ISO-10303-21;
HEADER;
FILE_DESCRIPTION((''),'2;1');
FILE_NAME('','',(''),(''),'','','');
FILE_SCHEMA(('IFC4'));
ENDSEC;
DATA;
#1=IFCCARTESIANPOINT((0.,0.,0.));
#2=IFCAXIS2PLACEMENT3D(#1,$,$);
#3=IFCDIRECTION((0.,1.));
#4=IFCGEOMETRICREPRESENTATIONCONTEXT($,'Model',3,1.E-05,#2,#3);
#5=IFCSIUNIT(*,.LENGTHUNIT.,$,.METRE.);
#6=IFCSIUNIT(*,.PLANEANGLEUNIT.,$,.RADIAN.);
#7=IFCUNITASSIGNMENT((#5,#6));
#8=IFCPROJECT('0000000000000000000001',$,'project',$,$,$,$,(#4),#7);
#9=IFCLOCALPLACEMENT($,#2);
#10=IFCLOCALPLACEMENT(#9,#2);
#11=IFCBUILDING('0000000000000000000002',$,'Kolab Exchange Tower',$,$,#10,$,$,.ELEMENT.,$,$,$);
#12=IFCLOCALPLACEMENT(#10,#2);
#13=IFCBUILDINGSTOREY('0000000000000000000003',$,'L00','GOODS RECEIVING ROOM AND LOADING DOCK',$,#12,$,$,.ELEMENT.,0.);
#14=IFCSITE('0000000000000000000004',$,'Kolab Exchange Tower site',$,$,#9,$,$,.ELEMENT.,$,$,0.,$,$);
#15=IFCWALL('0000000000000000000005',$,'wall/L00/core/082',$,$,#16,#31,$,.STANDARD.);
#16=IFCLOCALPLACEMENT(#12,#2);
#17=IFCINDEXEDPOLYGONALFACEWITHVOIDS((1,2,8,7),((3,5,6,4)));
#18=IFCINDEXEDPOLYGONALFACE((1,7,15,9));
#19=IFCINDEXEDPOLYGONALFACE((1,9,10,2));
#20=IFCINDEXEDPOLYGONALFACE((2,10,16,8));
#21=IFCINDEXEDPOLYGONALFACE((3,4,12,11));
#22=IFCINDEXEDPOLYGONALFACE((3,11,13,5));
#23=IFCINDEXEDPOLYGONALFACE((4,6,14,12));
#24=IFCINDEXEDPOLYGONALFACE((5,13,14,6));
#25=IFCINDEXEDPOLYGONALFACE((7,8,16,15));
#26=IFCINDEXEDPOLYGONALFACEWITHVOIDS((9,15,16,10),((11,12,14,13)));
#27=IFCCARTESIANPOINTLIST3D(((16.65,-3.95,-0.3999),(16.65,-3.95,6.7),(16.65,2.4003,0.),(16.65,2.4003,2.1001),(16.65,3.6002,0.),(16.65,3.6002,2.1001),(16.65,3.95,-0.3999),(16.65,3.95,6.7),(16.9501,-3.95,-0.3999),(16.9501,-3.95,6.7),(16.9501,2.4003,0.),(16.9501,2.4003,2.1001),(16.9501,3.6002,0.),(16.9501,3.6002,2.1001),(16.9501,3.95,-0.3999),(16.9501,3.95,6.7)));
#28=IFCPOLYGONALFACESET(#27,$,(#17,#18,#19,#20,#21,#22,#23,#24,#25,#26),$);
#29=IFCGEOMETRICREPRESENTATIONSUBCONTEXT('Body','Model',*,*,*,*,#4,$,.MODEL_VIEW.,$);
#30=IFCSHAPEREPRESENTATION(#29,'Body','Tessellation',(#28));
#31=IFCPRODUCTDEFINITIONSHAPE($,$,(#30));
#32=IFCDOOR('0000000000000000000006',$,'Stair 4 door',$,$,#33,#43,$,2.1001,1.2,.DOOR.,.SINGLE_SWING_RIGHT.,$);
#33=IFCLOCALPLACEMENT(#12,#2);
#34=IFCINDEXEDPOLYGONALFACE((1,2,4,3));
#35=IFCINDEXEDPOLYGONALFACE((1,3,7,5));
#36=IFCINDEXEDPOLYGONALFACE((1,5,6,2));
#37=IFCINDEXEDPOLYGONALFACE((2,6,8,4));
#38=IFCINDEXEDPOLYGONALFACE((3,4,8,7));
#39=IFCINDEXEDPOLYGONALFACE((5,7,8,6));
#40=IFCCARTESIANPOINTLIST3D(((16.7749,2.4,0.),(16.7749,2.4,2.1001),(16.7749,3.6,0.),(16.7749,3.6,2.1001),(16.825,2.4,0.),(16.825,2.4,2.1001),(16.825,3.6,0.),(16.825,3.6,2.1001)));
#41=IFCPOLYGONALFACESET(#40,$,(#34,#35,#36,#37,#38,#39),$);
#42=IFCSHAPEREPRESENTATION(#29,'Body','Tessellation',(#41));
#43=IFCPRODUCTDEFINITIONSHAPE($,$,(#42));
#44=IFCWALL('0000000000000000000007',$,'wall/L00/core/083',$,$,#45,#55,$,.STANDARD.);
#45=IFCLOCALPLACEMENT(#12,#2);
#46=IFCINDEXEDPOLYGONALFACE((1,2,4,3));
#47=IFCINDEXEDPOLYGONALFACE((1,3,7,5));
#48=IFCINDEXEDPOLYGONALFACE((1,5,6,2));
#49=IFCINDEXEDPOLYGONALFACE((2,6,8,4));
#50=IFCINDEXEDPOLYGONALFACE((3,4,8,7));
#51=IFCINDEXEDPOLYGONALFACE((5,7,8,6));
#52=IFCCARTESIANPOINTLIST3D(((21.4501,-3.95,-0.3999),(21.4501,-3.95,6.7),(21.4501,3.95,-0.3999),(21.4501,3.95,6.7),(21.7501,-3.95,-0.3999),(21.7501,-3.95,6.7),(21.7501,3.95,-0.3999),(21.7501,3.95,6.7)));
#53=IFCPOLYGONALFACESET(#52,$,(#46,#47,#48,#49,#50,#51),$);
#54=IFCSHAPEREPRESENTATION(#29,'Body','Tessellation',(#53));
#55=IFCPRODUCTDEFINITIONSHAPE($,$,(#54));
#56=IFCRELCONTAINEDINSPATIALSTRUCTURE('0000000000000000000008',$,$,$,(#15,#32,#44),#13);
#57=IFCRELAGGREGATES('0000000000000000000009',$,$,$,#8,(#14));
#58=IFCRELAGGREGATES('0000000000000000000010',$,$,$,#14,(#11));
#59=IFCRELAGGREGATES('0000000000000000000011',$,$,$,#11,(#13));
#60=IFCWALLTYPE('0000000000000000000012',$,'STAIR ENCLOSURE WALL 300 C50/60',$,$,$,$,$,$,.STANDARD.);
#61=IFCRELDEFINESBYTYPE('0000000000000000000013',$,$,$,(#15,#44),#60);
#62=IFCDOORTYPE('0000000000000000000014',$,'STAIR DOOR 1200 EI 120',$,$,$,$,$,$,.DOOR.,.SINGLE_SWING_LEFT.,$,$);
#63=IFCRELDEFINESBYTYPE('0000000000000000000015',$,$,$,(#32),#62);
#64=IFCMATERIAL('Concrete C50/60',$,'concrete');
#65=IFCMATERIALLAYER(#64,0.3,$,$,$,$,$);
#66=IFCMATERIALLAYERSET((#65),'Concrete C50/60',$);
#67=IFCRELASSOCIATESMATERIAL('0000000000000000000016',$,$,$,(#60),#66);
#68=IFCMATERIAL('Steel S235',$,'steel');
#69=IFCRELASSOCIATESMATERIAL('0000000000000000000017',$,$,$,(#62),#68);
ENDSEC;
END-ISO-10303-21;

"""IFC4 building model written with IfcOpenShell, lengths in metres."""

from ifc_helpers import new_model, si_unit, direction, frame, frame_2d, origin, place, context, subcontext, project, spatial, rectangle, extrude, material, layer, layer_set, type_object, element, fill, save


model = new_model("IFC4")

# Units and contexts
model_context = context("Model", 3, precision=1e-05, world=origin(), true_north=direction((0.0, 1.0)))
body_context = subcontext(model_context, "Body", "Model", "MODEL_VIEW")
ifc_project = project(units=[si_unit("LENGTHUNIT", "METRE"), si_unit("PLANEANGLEUNIT", "RADIAN")], contexts=[model_context])

# Site, building, storey
site_placement = place(None, origin())
site = spatial("IfcSite", under=ifc_project, at=site_placement, Name="Kolab Exchange Tower site", CompositionType="ELEMENT", RefElevation=0.0)
building_placement = place(site_placement, origin())
building = spatial("IfcBuilding", under=site, at=building_placement, Name="Kolab Exchange Tower", CompositionType="ELEMENT")
storey_placement = place(building_placement, origin())
storey = spatial("IfcBuildingStorey", under=building, at=storey_placement, Name="L00", Description="GOODS RECEIVING ROOM AND LOADING DOCK", CompositionType="ELEMENT", Elevation=0.0)

# Shared definitions
ifc_material_1 = material(Name="Steel S235", Category="steel")

# Shared definitions
ifc_material_2 = material(Name="Concrete C50/60", Category="concrete")
ifc_layer_1 = layer(ifc_material_2, 0.3)
ifc_layer_set_1 = layer_set([ifc_layer_1], Name="Concrete C50/60")
wall_type_1 = type_object("IfcWallType", Name="STAIR ENCLOSURE WALL 300 C50/60", PredefinedType="STANDARD", material=ifc_layer_set_1)

# Wall, opening, door
wall_1_placement = place(storey_placement, frame((16.8, -3.95, -0.3999), z_axis=(0.0, 0.0, 1.0), x_axis=(0.0, 1.0, 0.0)))
wall_1 = element("IfcWall", 1, at=wall_1_placement, inside=storey, type_object=wall_type_1, Name="wall/L00/core/082", PredefinedType="STANDARD", context=body_context, shape_type="SweptSolid", body=[
    extrude(rectangle(XDim=7.8999, YDim=0.3, at=frame_2d((3.95, 0.0))), origin(), (0.0, 0.0, 1.0), 7.0999),
])
opening_1_placement = place(wall_1_placement, frame((6.3501, 0.0, 0.3999)))
opening_1 = element("IfcOpeningElement", 2, at=opening_1_placement, cuts=wall_1, PredefinedType="OPENING", context=body_context, shape_type="SweptSolid", body=[
    extrude(rectangle(XDim=1.2, YDim=2.1001, at=frame_2d((0.6001, 1.05))), frame((0.0, 0.1602, 0.0), z_axis=(0.0, -1.0, 0.0), x_axis=(1.0, 0.0, 0.0)), (0.0, 0.0, 1.0), 0.3201),
])
door_type_1 = type_object("IfcDoorType", Name="STAIR DOOR 1200 EI 120", OperationType="SINGLE_SWING_LEFT", PredefinedType="DOOR", material=ifc_material_1)
door_1_placement = place(opening_1_placement, frame((1.2, 0.0, 0.0), z_axis=(0.0, 0.0, 1.0), x_axis=(-1.0, 0.0, 0.0)))
door_1 = element("IfcDoor", 3, at=door_1_placement, inside=storey, type_object=door_type_1, Name="Stair 4 door", OperationType="SINGLE_SWING_RIGHT", OverallHeight=2.1001, OverallWidth=1.2, PredefinedType="DOOR", context=body_context, shape_type="SweptSolid", body=[
    extrude(rectangle(XDim=1.2, YDim=2.1001, at=frame_2d((0.6001, 1.05))), frame((0.0, 0.0249, 0.0), z_axis=(0.0, -1.0, 0.0), x_axis=(1.0, 0.0, 0.0)), (0.0, 0.0, 1.0), 0.05),
])
fill(opening_1, door_1)

# Wall
wall_2_placement = place(storey_placement, frame((21.6001, -3.95, -0.3999), z_axis=(0.0, 0.0, 1.0), x_axis=(0.0, 1.0, 0.0)))
element("IfcWall", 4, at=wall_2_placement, inside=storey, type_object=wall_type_1, Name="wall/L00/core/083", PredefinedType="STANDARD", context=body_context, shape_type="SweptSolid", body=[
    extrude(rectangle(XDim=7.8999, YDim=0.3, at=frame_2d((3.95, 0.0))), origin(), (0.0, 0.0, 1.0), 7.0999),
])

save(model, "model.ifc")
